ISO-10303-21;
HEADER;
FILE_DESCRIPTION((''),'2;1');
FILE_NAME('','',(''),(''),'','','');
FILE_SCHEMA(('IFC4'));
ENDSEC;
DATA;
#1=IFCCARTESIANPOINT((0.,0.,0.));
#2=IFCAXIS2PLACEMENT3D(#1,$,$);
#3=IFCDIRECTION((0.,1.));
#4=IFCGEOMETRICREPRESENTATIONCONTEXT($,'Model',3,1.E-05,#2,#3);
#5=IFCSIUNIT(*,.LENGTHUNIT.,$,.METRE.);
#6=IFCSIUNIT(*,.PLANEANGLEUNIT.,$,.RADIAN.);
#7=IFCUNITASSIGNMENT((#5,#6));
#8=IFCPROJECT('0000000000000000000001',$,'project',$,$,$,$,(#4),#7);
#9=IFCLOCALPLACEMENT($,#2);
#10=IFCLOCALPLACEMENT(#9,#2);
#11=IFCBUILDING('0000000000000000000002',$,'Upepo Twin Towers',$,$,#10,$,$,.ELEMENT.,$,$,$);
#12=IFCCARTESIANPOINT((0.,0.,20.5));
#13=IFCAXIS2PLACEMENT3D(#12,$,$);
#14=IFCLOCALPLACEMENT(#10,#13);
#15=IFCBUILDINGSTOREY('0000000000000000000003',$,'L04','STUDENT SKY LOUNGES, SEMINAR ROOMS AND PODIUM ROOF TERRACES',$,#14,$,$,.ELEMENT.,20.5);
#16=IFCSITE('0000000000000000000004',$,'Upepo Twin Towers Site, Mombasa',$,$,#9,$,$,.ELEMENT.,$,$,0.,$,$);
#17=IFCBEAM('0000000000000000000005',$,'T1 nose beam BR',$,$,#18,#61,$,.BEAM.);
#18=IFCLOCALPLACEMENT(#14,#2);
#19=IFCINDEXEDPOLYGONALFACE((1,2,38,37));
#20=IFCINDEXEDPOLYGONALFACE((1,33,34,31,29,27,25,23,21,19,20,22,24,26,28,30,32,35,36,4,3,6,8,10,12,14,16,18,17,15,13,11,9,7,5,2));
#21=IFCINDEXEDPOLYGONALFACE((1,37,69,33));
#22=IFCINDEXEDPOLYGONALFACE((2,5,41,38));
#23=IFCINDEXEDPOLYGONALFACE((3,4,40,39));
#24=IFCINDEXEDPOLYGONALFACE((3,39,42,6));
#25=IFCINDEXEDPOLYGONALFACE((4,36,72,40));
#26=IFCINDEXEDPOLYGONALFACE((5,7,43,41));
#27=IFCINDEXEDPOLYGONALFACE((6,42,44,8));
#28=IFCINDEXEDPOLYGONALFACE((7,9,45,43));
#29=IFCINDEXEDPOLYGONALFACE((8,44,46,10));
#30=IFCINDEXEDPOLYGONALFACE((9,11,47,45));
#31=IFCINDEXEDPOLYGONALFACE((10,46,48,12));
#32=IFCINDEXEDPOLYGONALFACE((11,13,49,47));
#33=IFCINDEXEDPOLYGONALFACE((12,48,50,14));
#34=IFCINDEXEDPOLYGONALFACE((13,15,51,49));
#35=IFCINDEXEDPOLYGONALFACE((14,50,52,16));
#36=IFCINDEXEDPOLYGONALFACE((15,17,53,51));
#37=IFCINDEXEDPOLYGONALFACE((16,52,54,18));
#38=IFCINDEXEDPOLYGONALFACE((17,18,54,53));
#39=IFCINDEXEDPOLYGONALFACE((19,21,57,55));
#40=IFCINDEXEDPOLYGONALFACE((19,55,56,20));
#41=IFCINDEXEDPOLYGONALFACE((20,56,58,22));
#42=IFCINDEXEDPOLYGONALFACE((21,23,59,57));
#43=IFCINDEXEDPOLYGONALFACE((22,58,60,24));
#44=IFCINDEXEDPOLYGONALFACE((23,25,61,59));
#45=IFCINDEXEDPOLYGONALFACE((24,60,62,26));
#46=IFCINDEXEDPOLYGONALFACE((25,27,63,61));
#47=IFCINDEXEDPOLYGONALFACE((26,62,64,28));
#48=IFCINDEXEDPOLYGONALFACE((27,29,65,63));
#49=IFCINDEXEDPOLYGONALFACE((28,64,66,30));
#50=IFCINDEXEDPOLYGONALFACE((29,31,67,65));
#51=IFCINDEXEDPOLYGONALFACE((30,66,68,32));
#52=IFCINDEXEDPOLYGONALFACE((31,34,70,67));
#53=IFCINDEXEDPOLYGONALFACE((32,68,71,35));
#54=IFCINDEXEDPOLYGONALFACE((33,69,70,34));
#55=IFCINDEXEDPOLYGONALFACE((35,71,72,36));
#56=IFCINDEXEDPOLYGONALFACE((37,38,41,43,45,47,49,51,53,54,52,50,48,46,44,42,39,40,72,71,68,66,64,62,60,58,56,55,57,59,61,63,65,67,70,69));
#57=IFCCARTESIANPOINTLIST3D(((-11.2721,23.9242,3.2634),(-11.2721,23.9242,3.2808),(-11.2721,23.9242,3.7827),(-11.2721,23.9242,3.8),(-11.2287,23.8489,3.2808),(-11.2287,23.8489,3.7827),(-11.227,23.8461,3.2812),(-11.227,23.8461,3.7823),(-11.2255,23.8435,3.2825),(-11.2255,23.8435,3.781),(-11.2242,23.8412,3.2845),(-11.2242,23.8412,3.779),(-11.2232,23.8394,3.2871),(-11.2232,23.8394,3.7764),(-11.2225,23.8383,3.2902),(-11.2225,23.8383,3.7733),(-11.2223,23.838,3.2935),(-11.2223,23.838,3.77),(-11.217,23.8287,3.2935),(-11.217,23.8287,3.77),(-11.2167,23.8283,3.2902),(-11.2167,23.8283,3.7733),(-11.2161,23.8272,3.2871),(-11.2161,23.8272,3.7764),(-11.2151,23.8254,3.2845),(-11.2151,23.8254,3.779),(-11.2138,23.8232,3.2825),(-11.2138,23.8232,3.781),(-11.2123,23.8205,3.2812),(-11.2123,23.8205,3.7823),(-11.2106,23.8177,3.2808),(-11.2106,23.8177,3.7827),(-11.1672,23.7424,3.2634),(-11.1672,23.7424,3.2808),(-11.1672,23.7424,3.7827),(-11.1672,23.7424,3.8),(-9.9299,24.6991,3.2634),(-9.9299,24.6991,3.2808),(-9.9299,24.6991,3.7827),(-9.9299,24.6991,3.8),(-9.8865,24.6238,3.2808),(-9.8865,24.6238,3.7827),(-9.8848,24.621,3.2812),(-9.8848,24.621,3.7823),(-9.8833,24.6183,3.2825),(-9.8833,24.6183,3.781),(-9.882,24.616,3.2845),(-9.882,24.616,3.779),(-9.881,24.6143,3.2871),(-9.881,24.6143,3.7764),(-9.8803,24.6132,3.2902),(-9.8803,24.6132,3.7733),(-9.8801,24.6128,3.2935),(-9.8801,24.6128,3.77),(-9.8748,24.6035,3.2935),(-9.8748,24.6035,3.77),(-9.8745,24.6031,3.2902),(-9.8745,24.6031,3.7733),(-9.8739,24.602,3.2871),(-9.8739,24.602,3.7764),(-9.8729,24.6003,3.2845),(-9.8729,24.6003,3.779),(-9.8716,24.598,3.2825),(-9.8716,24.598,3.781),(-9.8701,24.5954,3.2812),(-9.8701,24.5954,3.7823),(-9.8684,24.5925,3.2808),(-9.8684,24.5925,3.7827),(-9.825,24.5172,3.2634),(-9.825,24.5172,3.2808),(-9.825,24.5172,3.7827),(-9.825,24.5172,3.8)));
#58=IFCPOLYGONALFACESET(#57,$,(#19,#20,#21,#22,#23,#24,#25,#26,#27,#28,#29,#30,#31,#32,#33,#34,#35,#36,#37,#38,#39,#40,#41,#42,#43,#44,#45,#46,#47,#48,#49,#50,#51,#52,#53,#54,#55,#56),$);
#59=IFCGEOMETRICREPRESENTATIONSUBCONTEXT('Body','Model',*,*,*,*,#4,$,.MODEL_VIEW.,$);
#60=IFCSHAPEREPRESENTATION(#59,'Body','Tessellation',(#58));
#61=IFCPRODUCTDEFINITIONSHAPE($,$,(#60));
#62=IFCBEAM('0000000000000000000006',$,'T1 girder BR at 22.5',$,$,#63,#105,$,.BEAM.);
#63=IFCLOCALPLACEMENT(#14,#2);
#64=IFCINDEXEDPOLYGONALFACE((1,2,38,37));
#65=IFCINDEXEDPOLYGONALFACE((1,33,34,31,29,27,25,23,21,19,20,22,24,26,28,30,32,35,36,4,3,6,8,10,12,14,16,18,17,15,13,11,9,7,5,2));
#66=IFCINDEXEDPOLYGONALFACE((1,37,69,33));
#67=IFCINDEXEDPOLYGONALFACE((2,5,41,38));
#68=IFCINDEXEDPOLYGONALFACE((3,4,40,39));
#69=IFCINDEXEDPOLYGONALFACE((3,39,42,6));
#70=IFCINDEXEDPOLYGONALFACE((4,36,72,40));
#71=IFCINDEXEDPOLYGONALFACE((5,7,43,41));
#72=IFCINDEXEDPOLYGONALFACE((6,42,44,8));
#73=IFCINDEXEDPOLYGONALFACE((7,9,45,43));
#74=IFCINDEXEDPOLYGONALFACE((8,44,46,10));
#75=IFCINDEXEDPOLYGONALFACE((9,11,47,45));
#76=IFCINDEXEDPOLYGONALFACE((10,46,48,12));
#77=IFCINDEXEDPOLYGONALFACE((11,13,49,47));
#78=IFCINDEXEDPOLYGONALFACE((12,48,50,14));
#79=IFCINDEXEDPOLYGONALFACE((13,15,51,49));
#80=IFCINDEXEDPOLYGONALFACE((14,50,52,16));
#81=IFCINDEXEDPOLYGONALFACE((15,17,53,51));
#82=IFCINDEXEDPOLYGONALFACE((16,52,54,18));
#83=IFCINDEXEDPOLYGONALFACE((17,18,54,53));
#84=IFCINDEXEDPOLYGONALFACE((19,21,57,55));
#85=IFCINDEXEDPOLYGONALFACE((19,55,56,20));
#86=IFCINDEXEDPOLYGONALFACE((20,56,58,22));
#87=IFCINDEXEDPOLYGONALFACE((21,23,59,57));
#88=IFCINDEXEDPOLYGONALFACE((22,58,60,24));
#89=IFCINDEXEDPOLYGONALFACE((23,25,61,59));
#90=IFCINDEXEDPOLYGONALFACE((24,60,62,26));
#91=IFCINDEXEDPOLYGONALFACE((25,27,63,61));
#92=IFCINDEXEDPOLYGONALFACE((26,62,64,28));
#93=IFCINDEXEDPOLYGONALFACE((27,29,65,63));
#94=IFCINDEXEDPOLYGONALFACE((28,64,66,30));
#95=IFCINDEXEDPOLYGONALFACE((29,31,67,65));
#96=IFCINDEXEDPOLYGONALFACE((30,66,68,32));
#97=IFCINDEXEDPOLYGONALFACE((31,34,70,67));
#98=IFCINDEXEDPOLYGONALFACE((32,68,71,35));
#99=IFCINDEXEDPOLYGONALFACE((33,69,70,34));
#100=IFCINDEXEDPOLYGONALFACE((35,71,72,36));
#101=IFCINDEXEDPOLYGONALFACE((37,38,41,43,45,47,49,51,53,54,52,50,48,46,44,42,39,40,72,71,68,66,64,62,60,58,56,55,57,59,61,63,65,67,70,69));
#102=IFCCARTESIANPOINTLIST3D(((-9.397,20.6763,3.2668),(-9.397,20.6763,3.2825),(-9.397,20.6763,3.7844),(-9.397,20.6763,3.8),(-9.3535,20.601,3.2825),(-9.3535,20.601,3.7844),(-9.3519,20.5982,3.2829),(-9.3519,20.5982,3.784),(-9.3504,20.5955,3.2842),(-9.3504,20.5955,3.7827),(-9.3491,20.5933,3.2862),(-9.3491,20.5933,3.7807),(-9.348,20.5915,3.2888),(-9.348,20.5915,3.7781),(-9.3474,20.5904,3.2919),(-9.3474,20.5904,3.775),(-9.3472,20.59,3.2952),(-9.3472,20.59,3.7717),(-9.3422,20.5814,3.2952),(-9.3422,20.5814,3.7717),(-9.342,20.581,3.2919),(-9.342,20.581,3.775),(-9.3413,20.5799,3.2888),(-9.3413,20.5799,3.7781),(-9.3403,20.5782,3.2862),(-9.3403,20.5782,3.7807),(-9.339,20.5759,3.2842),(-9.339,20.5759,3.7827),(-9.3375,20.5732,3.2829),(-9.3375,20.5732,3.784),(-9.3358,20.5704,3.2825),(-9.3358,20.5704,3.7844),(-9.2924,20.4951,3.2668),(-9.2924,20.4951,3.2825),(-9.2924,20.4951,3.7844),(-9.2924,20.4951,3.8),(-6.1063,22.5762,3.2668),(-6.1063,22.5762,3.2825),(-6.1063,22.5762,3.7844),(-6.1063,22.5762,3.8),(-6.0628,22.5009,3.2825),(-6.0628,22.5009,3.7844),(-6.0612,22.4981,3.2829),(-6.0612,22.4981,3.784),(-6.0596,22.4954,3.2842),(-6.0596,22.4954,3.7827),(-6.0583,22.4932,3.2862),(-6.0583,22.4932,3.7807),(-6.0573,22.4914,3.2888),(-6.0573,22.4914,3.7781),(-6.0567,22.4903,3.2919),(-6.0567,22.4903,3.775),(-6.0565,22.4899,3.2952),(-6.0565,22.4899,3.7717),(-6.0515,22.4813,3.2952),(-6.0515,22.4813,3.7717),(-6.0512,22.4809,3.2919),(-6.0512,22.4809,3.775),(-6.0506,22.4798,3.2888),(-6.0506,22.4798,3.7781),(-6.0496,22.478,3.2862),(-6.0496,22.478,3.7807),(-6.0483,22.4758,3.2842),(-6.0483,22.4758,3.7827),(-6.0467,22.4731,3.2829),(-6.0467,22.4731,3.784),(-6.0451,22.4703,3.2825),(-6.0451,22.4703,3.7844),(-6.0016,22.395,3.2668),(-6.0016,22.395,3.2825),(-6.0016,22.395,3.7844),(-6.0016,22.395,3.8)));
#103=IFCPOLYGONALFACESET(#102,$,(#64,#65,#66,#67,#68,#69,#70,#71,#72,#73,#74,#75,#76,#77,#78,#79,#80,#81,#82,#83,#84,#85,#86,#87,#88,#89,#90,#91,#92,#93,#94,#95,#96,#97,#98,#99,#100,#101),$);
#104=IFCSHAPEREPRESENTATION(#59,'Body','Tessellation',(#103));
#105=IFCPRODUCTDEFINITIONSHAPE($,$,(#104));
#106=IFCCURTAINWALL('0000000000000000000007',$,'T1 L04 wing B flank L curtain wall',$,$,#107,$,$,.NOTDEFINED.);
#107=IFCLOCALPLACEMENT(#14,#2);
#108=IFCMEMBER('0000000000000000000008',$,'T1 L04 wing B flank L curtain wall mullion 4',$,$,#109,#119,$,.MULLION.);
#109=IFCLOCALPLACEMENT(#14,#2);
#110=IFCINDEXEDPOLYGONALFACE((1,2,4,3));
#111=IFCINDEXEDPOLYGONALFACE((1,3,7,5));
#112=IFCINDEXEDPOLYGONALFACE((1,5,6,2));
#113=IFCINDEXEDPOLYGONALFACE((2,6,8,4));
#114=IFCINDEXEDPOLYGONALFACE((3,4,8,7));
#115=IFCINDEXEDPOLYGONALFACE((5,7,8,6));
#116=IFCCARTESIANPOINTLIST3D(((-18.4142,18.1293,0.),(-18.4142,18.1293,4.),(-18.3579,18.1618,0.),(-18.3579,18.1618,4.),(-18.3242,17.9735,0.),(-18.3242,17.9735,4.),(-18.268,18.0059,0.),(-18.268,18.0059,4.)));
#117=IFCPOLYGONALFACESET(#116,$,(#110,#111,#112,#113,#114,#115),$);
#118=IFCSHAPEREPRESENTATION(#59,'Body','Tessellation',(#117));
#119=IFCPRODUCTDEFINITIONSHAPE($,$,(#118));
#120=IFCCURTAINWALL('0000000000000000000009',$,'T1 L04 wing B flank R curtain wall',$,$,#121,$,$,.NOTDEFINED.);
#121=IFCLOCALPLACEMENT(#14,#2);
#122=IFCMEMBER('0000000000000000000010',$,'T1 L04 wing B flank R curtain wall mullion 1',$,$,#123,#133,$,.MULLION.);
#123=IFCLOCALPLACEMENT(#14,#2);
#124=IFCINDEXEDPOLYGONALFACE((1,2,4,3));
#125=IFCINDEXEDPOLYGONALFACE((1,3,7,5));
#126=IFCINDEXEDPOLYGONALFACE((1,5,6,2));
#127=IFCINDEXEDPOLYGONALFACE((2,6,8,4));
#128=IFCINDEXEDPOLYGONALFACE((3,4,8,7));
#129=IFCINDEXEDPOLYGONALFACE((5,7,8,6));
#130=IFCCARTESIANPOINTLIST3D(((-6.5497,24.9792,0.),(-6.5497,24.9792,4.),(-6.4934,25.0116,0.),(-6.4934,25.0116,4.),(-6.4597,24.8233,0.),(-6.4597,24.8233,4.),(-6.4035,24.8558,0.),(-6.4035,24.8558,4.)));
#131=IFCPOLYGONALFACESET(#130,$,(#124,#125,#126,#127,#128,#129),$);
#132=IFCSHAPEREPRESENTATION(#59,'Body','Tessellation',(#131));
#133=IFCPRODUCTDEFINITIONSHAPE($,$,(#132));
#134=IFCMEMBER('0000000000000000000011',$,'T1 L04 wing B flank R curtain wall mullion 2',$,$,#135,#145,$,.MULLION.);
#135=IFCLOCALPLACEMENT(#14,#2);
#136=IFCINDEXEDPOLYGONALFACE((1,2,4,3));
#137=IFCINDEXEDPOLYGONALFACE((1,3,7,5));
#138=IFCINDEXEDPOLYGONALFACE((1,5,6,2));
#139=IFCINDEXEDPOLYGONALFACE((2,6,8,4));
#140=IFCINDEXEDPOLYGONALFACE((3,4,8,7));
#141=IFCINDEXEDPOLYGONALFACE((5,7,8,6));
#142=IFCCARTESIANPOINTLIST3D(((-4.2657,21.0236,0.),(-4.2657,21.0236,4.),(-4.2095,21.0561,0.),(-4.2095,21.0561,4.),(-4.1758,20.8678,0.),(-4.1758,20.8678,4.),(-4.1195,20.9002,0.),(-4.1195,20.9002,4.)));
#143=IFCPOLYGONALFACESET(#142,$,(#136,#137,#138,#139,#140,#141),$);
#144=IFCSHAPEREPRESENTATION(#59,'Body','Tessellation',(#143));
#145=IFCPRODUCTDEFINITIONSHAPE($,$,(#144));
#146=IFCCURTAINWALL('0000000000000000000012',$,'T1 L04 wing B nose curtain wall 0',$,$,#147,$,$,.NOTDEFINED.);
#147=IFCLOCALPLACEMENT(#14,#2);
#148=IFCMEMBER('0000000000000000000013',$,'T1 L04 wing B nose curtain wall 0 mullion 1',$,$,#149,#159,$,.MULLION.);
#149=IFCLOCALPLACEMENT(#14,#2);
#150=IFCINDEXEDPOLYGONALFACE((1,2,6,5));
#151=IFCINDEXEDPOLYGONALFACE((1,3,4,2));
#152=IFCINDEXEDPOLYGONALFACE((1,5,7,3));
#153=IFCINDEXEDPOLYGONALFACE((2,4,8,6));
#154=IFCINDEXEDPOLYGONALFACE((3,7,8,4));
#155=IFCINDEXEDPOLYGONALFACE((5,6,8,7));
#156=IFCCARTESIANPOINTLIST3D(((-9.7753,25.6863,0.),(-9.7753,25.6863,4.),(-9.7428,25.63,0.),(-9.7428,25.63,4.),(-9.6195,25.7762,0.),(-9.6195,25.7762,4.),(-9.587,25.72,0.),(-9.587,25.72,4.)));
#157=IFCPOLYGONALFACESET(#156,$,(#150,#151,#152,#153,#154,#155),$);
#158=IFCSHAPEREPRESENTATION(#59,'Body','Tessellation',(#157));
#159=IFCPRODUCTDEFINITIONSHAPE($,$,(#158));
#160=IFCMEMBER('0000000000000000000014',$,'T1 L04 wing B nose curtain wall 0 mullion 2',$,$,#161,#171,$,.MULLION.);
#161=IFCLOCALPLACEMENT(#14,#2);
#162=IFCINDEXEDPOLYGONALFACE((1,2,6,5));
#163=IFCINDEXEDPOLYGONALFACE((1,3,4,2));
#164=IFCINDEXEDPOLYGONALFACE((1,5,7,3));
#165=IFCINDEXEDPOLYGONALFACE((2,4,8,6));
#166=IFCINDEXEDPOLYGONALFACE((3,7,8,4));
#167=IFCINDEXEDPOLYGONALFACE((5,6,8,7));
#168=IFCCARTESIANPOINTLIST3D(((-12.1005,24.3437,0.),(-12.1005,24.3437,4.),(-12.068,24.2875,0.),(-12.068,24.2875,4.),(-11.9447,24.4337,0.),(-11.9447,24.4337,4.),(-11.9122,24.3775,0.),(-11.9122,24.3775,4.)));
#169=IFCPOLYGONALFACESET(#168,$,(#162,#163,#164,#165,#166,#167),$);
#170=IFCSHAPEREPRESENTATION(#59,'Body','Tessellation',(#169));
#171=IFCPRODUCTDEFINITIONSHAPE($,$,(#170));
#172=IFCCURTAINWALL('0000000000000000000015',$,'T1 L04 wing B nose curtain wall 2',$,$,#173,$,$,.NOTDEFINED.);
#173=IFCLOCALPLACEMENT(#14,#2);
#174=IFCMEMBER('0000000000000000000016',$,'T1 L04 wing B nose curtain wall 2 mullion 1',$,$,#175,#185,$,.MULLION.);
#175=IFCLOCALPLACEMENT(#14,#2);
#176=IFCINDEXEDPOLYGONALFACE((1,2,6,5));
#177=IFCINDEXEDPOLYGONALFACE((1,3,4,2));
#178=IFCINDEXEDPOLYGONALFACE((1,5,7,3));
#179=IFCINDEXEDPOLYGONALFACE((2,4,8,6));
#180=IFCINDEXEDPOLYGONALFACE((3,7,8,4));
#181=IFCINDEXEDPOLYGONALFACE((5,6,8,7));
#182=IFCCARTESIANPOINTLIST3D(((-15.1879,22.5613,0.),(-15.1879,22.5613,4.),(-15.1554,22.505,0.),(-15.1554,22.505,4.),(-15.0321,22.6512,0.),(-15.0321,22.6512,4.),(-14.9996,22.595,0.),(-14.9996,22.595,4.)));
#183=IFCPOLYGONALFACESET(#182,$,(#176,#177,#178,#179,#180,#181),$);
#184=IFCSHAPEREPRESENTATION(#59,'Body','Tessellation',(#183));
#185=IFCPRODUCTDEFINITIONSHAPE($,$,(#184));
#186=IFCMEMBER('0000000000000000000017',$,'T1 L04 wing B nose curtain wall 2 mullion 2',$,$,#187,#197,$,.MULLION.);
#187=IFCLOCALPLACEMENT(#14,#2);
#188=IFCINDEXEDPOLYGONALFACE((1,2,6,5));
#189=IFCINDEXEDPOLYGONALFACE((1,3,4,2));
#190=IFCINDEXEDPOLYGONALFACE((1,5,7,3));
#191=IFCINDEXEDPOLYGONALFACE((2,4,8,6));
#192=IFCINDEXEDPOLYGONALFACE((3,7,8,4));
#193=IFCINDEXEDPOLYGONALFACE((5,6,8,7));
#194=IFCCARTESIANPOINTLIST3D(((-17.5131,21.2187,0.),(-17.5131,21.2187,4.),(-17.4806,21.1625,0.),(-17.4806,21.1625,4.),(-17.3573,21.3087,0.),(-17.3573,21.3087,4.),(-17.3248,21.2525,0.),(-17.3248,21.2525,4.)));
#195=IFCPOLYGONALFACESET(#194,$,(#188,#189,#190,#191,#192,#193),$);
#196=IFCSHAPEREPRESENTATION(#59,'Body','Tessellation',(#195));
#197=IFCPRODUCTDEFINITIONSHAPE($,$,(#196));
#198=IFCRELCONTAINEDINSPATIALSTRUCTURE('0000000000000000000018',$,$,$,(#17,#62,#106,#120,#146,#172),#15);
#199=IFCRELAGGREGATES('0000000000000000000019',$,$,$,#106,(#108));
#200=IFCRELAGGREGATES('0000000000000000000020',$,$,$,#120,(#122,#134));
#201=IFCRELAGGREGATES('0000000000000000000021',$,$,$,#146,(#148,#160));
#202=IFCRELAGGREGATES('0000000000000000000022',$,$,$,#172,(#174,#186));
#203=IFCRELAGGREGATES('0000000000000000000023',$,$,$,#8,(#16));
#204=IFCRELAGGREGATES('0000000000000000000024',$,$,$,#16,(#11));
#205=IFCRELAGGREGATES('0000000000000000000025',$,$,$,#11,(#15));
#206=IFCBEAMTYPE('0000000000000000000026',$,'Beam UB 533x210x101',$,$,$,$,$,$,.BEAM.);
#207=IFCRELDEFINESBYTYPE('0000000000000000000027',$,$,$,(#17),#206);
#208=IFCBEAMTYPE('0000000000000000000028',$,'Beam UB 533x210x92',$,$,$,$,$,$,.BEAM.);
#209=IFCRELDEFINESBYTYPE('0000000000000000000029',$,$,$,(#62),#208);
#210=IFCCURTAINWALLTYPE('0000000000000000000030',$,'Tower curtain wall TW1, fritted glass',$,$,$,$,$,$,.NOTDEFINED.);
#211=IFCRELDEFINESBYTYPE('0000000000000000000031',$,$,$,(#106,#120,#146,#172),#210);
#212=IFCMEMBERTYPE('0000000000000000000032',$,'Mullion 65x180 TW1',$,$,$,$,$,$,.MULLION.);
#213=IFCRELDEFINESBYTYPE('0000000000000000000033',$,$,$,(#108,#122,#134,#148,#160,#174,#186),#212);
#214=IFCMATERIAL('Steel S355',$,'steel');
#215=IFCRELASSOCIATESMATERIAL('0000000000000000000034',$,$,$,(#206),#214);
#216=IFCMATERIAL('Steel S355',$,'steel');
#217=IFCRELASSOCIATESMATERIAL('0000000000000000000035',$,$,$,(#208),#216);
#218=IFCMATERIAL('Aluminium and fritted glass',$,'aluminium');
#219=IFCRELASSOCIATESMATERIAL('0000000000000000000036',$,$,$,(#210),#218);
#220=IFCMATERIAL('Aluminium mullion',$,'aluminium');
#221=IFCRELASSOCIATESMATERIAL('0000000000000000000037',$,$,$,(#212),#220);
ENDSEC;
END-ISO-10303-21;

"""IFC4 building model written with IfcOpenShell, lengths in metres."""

from ifc_helpers import new_model, si_unit, direction, frame, origin, origin_2d, place, context, subcontext, project, spatial, rectangle, i_section, extrude, material, material_profile, profile_set, type_object, element, aggregate, save


model = new_model("IFC4")

# Units and contexts
model_context = context("Model", 3, precision=1e-05, world=origin(), true_north=direction((0.0, 1.0)))
body_context = subcontext(model_context, "Body", "Model", "MODEL_VIEW")
ifc_project = project(units=[si_unit("LENGTHUNIT", "METRE"), si_unit("PLANEANGLEUNIT", "RADIAN")], contexts=[model_context])

# Site, building, storey
site_placement = place(None, origin())
site = spatial("IfcSite", under=ifc_project, at=site_placement, Name="Upepo Twin Towers Site, Mombasa", CompositionType="ELEMENT", RefElevation=0.0)
building_placement = place(site_placement, origin())
building = spatial("IfcBuilding", under=site, at=building_placement, Name="Upepo Twin Towers", CompositionType="ELEMENT")
storey_placement = place(building_placement, frame((0.0, 0.0, 20.5)))
storey = spatial("IfcBuildingStorey", under=building, at=storey_placement, Name="L04", Description="STUDENT SKY LOUNGES, SEMINAR ROOMS AND PODIUM ROOF TERRACES", CompositionType="ELEMENT", Elevation=20.5)

# Beams
ifc_material_1 = material(Name="Steel S355", Category="steel")
ifc_material_profile_1 = material_profile(ifc_material_1, i_section(OverallWidth=0.21, OverallDepth=0.5366, WebThickness=0.0107, FlangeThickness=0.0173, FilletRadius=0.0127, at=origin_2d()), Name="UB 533x210x101")
ifc_profile_set_1 = profile_set([ifc_material_profile_1], Name="Steel S355")
beam_type_1 = type_object("IfcBeamType", Name="Beam UB 533x210x101", PredefinedType="BEAM", material=ifc_profile_set_1)
for number, where, z_axis, x_axis, name in (
    (1, (-9.8774, 24.6082, 3.5317), (-0.866044, -0.499968, 0.0), (0.499968, -0.866044, 0.0), "T1 nose beam BR"),
):
    element("IfcBeam", number, at=place(storey_placement, frame(where, z_axis=z_axis, x_axis=x_axis)), inside=storey, type_object=beam_type_1, Name=name, PredefinedType="BEAM", context=body_context, shape_type="SweptSolid", body=[
        extrude(i_section(OverallWidth=0.21, OverallDepth=0.5366, WebThickness=0.0107, FlangeThickness=0.0173, FilletRadius=0.0127, at=origin_2d()), origin(), (0.0, 0.0, 1.0), 1.5498),
    ])
ifc_material_2 = material(Name="Steel S355", Category="steel")
ifc_material_profile_2 = material_profile(ifc_material_2, i_section(OverallWidth=0.2092, OverallDepth=0.5332, WebThickness=0.01, FlangeThickness=0.0156, FilletRadius=0.0127, at=origin_2d()), Name="UB 533x210x92")
ifc_profile_set_2 = profile_set([ifc_material_profile_2], Name="Steel S355")
beam_type_2 = type_object("IfcBeamType", Name="Beam UB 533x210x92", PredefinedType="BEAM", material=ifc_profile_set_2)
beam_1_placement = place(storey_placement, frame((-6.054, 22.4856, 3.5334), z_axis=(-0.866028, -0.499995, 0.0), x_axis=(0.499995, -0.866028, 0.0)))
element("IfcBeam", 2, at=beam_1_placement, inside=storey, type_object=beam_type_2, Name="T1 girder BR at 22.5", PredefinedType="BEAM", context=body_context, shape_type="SweptSolid", body=[
    extrude(i_section(OverallWidth=0.2092, OverallDepth=0.5332, WebThickness=0.01, FlangeThickness=0.0156, FilletRadius=0.0127, at=origin_2d()), origin(), (0.0, 0.0, 1.0), 3.7998),
])

# Curtain wall, member
ifc_material_3 = material(Name="Aluminium and fritted glass", Category="aluminium")
curtain_wall_type = type_object("IfcCurtainWallType", Name="Tower curtain wall TW1, fritted glass", PredefinedType="NOTDEFINED", material=ifc_material_3)
curtain_wall_1_placement = place(storey_placement, origin())
curtain_wall_1 = element("IfcCurtainWall", 3, at=curtain_wall_1_placement, inside=storey, type_object=curtain_wall_type, Name="T1 L04 wing B flank L curtain wall", PredefinedType="NOTDEFINED")
ifc_material_4 = material(Name="Aluminium mullion", Category="aluminium")
ifc_material_profile_3 = material_profile(ifc_material_4, rectangle(XDim=0.0649, YDim=0.1799, at=origin_2d()), Name="MULLION 65x180")
ifc_profile_set_3 = profile_set([ifc_material_profile_3], Name="Aluminium mullion")
member_type_1 = type_object("IfcMemberType", Name="Mullion 65x180 TW1", PredefinedType="MULLION", material=ifc_profile_set_3)
member_1_placement = place(storey_placement, frame((-18.3411, 18.0676, 0.0), z_axis=(0.0, 0.0, 1.0), x_axis=(-0.866025, -0.5, 0.0)))
member_1 = element("IfcMember", 4, at=member_1_placement, type_object=member_type_1, Name="T1 L04 wing B flank L curtain wall mullion 4", PredefinedType="MULLION", context=body_context, shape_type="SweptSolid", body=[
    extrude(rectangle(XDim=0.0649, YDim=0.1799, at=origin_2d()), origin(), (0.0, 0.0, 1.0), 4.0),
])
aggregate(curtain_wall_1, [member_1])

# Curtain walls, members
curtain_wall_2_placement = place(storey_placement, origin())
curtain_wall_2 = element("IfcCurtainWall", 5, at=curtain_wall_2_placement, inside=storey, type_object=curtain_wall_type, Name="T1 L04 wing B flank R curtain wall", PredefinedType="NOTDEFINED")
member_2_placement = place(storey_placement, frame((-6.4766, 24.9175, 0.0), z_axis=(0.0, 0.0, 1.0), x_axis=(0.866025, 0.5, 0.0)))
member_2 = element("IfcMember", 6, at=member_2_placement, type_object=member_type_1, Name="T1 L04 wing B flank R curtain wall mullion 1", PredefinedType="MULLION", context=body_context, shape_type="SweptSolid", body=[
    extrude(rectangle(XDim=0.0649, YDim=0.1799, at=origin_2d()), origin(), (0.0, 0.0, 1.0), 4.0),
])
member_3_placement = place(storey_placement, frame((-4.1926, 20.9619, 0.0), z_axis=(0.0, 0.0, 1.0), x_axis=(0.866025, 0.5, 0.0)))
member_3 = element("IfcMember", 7, at=member_3_placement, type_object=member_type_1, Name="T1 L04 wing B flank R curtain wall mullion 2", PredefinedType="MULLION", context=body_context, shape_type="SweptSolid", body=[
    extrude(rectangle(XDim=0.0649, YDim=0.1799, at=origin_2d()), origin(), (0.0, 0.0, 1.0), 4.0),
])
curtain_wall_3_placement = place(storey_placement, origin())
curtain_wall_3 = element("IfcCurtainWall", 8, at=curtain_wall_3_placement, inside=storey, type_object=curtain_wall_type, Name="T1 L04 wing B nose curtain wall 0", PredefinedType="NOTDEFINED")
member_4_placement = place(storey_placement, frame((-9.6812, 25.7031, 0.0), z_axis=(0.0, 0.0, 1.0), x_axis=(0.5, -0.866025, 0.0)))
member_4 = element("IfcMember", 9, at=member_4_placement, type_object=member_type_1, Name="T1 L04 wing B nose curtain wall 0 mullion 1", PredefinedType="MULLION", context=body_context, shape_type="SweptSolid", body=[
    extrude(rectangle(XDim=0.0649, YDim=0.1799, at=origin_2d()), origin(), (0.0, 0.0, 1.0), 4.0),
])
member_5_placement = place(storey_placement, frame((-12.0063, 24.3606, 0.0), z_axis=(0.0, 0.0, 1.0), x_axis=(0.5, -0.866025, 0.0)))
member_5 = element("IfcMember", 10, at=member_5_placement, type_object=member_type_1, Name="T1 L04 wing B nose curtain wall 0 mullion 2", PredefinedType="MULLION", context=body_context, shape_type="SweptSolid", body=[
    extrude(rectangle(XDim=0.0649, YDim=0.1799, at=origin_2d()), origin(), (0.0, 0.0, 1.0), 4.0),
])
curtain_wall_4_placement = place(storey_placement, origin())
curtain_wall_4 = element("IfcCurtainWall", 11, at=curtain_wall_4_placement, inside=storey, type_object=curtain_wall_type, Name="T1 L04 wing B nose curtain wall 2", PredefinedType="NOTDEFINED")
member_6_placement = place(storey_placement, frame((-15.0938, 22.5781, 0.0), z_axis=(0.0, 0.0, 1.0), x_axis=(0.5, -0.866025, 0.0)))
member_6 = element("IfcMember", 12, at=member_6_placement, type_object=member_type_1, Name="T1 L04 wing B nose curtain wall 2 mullion 1", PredefinedType="MULLION", context=body_context, shape_type="SweptSolid", body=[
    extrude(rectangle(XDim=0.0649, YDim=0.1799, at=origin_2d()), origin(), (0.0, 0.0, 1.0), 4.0),
])
member_7_placement = place(storey_placement, frame((-17.4189, 21.2356, 0.0), z_axis=(0.0, 0.0, 1.0), x_axis=(0.5, -0.866025, 0.0)))
member_7 = element("IfcMember", 13, at=member_7_placement, type_object=member_type_1, Name="T1 L04 wing B nose curtain wall 2 mullion 2", PredefinedType="MULLION", context=body_context, shape_type="SweptSolid", body=[
    extrude(rectangle(XDim=0.0649, YDim=0.1799, at=origin_2d()), origin(), (0.0, 0.0, 1.0), 4.0),
])

aggregate(curtain_wall_2, [member_2, member_3])
aggregate(curtain_wall_3, [member_4, member_5])
aggregate(curtain_wall_4, [member_6, member_7])

save(model, "model.ifc")
